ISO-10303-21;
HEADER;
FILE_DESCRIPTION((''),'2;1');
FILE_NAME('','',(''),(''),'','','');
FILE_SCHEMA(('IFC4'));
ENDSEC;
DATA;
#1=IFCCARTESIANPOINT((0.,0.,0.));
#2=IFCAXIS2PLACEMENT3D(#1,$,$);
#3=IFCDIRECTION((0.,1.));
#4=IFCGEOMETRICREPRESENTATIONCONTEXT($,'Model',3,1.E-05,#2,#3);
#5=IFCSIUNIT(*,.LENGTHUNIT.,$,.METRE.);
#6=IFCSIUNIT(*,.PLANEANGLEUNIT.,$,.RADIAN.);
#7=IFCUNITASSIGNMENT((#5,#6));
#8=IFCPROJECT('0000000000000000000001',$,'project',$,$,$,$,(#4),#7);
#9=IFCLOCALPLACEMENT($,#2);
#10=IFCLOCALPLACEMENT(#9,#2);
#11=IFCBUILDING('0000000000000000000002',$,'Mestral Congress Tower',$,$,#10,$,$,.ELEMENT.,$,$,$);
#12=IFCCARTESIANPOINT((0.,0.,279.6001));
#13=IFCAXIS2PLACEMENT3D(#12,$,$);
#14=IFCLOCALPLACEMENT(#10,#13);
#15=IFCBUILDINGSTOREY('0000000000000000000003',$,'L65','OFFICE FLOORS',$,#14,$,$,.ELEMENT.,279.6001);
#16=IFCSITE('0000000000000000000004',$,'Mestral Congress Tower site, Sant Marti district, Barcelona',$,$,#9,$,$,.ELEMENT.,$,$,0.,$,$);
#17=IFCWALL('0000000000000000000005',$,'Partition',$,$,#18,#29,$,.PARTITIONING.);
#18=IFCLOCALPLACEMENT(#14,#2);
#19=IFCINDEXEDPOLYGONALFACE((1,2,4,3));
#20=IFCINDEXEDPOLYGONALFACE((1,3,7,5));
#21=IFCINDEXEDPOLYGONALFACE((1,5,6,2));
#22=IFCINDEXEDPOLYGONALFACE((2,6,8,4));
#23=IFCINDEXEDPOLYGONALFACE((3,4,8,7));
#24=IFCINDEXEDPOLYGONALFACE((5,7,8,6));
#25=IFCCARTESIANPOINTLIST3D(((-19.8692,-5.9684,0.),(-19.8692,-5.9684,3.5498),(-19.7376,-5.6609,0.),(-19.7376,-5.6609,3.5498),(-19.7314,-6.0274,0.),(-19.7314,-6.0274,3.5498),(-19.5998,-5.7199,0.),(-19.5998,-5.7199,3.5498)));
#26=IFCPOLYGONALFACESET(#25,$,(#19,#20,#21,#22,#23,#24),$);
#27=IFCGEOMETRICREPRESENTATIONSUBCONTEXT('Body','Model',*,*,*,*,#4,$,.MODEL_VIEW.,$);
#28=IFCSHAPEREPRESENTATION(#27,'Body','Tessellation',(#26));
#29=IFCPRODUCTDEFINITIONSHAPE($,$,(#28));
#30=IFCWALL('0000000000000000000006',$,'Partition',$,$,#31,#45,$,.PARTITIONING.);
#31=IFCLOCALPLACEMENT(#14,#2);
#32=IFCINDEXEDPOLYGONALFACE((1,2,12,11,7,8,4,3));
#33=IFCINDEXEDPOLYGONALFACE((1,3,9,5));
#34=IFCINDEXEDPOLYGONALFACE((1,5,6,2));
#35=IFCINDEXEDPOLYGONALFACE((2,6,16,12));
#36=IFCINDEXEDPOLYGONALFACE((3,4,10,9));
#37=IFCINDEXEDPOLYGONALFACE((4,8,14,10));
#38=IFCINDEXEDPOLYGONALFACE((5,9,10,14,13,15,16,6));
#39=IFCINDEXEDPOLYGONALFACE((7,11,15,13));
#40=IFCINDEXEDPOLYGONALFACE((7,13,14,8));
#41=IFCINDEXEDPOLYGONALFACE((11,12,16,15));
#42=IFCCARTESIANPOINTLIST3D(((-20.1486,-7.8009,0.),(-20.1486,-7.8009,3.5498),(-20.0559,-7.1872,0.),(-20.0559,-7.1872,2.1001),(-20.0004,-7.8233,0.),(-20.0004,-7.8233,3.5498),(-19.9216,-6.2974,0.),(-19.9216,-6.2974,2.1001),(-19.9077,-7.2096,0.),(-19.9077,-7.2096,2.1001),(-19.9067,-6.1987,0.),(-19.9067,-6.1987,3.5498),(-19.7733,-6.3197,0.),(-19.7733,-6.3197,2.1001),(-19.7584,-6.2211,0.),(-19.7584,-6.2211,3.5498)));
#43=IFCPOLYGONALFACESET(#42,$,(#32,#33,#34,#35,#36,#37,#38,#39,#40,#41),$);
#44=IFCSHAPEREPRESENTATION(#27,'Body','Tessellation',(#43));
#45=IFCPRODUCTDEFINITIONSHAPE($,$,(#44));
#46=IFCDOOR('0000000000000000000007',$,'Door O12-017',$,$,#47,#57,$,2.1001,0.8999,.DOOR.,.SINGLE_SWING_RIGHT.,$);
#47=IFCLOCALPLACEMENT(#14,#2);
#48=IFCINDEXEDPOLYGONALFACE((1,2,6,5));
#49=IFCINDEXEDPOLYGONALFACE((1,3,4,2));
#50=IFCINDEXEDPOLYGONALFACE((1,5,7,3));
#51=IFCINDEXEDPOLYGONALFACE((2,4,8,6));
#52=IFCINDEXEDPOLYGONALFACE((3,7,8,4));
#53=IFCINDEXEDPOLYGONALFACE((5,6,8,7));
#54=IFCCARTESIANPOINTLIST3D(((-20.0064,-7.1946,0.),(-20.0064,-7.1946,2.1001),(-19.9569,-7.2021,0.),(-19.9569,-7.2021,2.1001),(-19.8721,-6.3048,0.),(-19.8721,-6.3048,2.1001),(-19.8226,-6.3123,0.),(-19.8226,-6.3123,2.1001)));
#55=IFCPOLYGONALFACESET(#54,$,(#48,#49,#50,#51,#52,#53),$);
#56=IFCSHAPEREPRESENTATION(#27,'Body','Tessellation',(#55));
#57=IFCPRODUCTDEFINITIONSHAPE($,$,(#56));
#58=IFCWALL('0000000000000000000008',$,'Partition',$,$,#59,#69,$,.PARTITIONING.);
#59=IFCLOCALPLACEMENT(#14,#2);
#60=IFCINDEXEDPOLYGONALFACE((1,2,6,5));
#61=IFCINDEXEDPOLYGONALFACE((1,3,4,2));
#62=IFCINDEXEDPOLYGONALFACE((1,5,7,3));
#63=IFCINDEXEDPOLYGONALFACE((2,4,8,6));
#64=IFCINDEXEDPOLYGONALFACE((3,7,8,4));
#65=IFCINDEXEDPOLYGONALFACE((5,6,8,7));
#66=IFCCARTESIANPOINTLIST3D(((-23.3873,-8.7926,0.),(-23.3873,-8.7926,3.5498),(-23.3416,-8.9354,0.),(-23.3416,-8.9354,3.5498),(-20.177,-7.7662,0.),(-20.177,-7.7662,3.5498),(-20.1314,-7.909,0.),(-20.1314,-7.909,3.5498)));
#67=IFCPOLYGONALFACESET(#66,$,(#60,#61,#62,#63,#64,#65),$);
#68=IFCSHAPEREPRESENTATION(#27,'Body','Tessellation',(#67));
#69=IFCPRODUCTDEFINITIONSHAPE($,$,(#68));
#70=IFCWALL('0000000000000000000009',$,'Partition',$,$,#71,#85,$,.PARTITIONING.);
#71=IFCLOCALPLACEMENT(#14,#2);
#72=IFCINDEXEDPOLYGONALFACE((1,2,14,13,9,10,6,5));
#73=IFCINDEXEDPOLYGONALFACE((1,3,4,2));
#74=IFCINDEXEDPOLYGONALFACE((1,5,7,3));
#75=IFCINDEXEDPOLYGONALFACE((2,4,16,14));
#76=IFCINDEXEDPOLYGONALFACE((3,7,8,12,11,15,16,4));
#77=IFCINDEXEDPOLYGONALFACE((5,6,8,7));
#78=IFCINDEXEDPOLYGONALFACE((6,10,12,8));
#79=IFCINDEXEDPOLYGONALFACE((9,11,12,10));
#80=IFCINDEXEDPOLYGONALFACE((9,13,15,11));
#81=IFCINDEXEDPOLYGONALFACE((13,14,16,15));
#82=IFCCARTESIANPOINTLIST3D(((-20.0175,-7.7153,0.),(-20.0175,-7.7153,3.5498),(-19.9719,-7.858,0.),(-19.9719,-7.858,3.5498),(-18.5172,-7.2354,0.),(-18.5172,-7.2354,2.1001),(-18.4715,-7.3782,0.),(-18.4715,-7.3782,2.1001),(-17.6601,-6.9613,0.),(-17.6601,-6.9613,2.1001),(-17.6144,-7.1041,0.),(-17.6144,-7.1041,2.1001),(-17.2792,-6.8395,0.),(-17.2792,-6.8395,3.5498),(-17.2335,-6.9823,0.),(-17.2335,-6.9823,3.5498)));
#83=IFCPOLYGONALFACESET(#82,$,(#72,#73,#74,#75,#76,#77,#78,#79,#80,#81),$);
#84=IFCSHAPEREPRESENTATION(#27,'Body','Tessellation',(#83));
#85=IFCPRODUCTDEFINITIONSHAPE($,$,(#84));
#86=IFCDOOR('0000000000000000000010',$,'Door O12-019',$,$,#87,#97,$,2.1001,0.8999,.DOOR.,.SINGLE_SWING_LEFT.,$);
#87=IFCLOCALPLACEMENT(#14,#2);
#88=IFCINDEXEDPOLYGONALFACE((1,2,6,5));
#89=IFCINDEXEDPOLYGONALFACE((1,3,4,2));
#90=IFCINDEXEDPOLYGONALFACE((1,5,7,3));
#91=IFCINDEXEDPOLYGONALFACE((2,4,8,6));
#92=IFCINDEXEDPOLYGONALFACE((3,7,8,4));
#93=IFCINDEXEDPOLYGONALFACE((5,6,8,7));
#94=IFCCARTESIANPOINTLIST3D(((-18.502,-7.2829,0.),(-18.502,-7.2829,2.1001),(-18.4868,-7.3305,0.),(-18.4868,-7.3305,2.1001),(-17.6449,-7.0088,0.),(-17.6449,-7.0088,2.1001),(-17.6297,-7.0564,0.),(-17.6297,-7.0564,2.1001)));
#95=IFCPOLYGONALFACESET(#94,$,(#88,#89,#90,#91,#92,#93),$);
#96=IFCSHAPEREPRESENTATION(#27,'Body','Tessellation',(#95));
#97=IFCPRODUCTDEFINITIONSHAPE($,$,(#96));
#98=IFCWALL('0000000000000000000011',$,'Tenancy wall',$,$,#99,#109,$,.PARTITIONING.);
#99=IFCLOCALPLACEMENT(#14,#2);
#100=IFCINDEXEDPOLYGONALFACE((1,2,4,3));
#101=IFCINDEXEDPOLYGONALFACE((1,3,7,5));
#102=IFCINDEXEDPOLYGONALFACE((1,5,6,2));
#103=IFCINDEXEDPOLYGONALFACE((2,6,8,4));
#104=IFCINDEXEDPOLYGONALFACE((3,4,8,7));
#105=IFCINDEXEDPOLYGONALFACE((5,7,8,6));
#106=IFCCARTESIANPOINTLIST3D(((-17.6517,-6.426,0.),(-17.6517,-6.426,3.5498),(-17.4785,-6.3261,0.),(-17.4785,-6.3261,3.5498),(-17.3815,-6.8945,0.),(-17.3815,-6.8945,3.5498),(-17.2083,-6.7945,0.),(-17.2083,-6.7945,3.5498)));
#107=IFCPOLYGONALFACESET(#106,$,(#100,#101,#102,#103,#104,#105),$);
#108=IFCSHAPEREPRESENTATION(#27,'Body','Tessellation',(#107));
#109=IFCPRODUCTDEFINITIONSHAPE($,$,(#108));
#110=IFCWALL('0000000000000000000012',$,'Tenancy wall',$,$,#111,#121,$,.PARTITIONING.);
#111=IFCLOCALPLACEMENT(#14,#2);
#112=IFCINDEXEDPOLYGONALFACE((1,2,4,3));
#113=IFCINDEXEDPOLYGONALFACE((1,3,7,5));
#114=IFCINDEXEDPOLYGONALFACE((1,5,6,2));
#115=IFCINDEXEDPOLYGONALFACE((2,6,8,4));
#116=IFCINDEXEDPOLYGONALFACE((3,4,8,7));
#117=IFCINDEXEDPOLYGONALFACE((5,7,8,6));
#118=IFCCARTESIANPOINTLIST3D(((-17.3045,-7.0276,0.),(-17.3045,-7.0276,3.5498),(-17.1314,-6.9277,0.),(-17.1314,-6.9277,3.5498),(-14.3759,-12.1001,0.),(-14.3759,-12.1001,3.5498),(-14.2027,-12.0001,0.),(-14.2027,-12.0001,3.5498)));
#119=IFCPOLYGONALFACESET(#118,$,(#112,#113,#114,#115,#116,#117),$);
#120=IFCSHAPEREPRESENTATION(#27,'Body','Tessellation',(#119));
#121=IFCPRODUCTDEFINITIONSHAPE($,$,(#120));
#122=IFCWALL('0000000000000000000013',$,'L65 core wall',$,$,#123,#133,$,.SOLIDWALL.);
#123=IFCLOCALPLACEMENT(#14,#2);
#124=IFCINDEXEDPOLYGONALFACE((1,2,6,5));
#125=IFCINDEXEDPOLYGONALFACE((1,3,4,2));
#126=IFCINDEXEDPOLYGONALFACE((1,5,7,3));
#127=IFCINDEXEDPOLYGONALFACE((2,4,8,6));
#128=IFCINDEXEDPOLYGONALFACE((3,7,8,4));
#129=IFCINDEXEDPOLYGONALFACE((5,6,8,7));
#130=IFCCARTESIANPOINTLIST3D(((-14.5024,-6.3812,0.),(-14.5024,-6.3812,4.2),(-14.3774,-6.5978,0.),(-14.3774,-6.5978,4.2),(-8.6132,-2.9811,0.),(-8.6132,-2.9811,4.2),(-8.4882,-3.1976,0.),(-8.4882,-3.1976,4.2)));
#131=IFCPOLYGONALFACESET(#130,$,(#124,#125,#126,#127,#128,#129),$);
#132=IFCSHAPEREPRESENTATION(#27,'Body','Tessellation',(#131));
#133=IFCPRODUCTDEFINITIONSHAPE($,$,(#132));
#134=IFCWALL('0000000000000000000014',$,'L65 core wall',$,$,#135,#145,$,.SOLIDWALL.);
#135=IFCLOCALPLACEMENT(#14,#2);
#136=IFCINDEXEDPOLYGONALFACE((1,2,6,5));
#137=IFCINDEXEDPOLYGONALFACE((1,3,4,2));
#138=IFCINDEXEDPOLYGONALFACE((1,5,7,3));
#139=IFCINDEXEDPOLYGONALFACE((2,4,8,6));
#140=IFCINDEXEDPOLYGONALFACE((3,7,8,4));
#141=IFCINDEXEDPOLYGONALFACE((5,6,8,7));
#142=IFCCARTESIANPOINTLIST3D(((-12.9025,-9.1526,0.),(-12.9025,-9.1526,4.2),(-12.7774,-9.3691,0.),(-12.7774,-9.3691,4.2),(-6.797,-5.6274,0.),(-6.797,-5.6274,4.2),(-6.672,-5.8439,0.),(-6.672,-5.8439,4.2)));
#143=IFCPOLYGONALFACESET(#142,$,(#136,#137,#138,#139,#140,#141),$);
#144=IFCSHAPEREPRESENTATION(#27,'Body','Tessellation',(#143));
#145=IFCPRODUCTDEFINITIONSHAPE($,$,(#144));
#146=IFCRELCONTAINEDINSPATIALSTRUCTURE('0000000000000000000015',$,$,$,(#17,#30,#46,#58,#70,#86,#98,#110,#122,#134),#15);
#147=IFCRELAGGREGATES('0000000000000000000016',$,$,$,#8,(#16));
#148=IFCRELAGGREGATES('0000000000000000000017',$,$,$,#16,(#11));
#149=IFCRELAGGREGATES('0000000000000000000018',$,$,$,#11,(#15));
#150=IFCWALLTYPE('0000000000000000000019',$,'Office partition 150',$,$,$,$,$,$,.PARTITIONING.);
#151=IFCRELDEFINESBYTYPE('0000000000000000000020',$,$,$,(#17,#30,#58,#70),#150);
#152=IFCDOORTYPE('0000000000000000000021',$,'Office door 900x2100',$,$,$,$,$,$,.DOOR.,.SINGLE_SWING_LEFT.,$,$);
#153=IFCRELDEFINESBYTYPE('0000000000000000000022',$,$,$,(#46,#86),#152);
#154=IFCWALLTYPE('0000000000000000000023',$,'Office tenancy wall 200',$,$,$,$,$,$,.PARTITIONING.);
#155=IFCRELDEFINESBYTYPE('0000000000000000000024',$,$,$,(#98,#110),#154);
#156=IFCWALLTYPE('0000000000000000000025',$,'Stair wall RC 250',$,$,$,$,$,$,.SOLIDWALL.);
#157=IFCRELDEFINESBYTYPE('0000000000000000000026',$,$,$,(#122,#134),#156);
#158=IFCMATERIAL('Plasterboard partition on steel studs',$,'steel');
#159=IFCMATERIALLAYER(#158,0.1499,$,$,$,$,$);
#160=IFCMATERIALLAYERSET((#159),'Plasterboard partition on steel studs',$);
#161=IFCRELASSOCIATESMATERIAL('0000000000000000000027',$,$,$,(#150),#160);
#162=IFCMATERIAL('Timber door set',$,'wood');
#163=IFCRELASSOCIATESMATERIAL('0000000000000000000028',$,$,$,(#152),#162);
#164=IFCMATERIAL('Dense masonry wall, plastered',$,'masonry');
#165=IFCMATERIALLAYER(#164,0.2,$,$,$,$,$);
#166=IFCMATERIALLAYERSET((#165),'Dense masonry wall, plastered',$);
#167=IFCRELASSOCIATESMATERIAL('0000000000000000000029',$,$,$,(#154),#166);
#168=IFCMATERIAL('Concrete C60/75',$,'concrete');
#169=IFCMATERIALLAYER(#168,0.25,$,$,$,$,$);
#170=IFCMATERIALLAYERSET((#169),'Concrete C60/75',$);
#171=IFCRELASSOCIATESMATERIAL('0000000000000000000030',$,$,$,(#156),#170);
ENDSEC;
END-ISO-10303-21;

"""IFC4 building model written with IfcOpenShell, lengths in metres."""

from ifc_helpers import new_model, si_unit, direction, frame, frame_2d, origin, place, context, subcontext, project, spatial, rectangle, extrude, material, layer, layer_set, type_object, element, fill, save


model = new_model("IFC4")

# Units and contexts
model_context = context("Model", 3, precision=1e-05, world=origin(), true_north=direction((0.0, 1.0)))
body_context = subcontext(model_context, "Body", "Model", "MODEL_VIEW")
ifc_project = project(units=[si_unit("LENGTHUNIT", "METRE"), si_unit("PLANEANGLEUNIT", "RADIAN")], contexts=[model_context])

# Site, building, storey
site_placement = place(None, origin())
site = spatial("IfcSite", under=ifc_project, at=site_placement, Name="Mestral Congress Tower site, Sant Marti district, Barcelona", CompositionType="ELEMENT", RefElevation=0.0)
building_placement = place(site_placement, origin())
building = spatial("IfcBuilding", under=site, at=building_placement, Name="Mestral Congress Tower", CompositionType="ELEMENT")
storey_placement = place(building_placement, frame((0.0, 0.0, 279.6001)))
storey = spatial("IfcBuildingStorey", under=building, at=storey_placement, Name="L65", Description="OFFICE FLOORS", CompositionType="ELEMENT", Elevation=279.6001)

# Shared definitions
ifc_material_1 = material(Name="Concrete C60/75", Category="concrete")

# Shared definitions
ifc_material_2 = material(Name="Plasterboard partition on steel studs", Category="steel")
ifc_layer_1 = layer(ifc_material_2, 0.1499)
ifc_layer_set_1 = layer_set([ifc_layer_1], Name="Plasterboard partition on steel studs")
wall_type_1 = type_object("IfcWallType", Name="Office partition 150", PredefinedType="PARTITIONING", material=ifc_layer_set_1)

# Shared definitions
ifc_material_3 = material(Name="Timber door set", Category="wood")
door_type_1 = type_object("IfcDoorType", Name="Office door 900x2100", OperationType="SINGLE_SWING_LEFT", PredefinedType="DOOR", material=ifc_material_3)

# Wall
wall_1_placement = place(storey_placement, frame((-19.6687, -5.6904, 0.0), z_axis=(0.0, 0.0, 1.0), x_axis=(-0.393567, -0.919296, 0.0)))
element("IfcWall", 1, at=wall_1_placement, inside=storey, type_object=wall_type_1, Name="Partition", PredefinedType="PARTITIONING", context=body_context, shape_type="SweptSolid", body=[
    extrude(rectangle(XDim=0.3345, YDim=0.1499, at=frame_2d((0.1672, 0.0))), origin(), (0.0, 0.0, 1.0), 3.5498),
])

# Wall, opening, door
wall_2_placement = place(storey_placement, frame((-20.0745, -7.812, 0.0), z_axis=(0.0, 0.0, 1.0), x_axis=(0.149305, 0.988791, 0.0)))
wall_2 = element("IfcWall", 2, at=wall_2_placement, inside=storey, type_object=wall_type_1, Name="Partition", PredefinedType="PARTITIONING", context=body_context, shape_type="SweptSolid", body=[
    extrude(rectangle(XDim=1.6204, YDim=0.1499, at=frame_2d((0.8101, 0.0))), origin(), (0.0, 0.0, 1.0), 3.5498),
])
opening_1_placement = place(wall_2_placement, frame((0.6206, 0.0, 0.0)))
opening_1 = element("IfcOpeningElement", 3, at=opening_1_placement, cuts=wall_2, PredefinedType="OPENING", context=body_context, shape_type="SweptSolid", body=[
    extrude(rectangle(XDim=0.8999, YDim=2.1001, at=frame_2d((0.45, 1.05))), frame((0.0, 0.085, 0.0), z_axis=(0.0, -1.0, 0.0), x_axis=(1.0, 0.0, 0.0)), (0.0, 0.0, 1.0), 0.1699),
])
door_1_placement = place(opening_1_placement, origin())
door_1 = element("IfcDoor", 4, at=door_1_placement, inside=storey, type_object=door_type_1, Name="Door O12-017", OperationType="SINGLE_SWING_RIGHT", OverallHeight=2.1001, OverallWidth=0.8999, PredefinedType="DOOR", context=body_context, shape_type="SweptSolid", body=[
    extrude(rectangle(XDim=0.8999, YDim=2.1001, at=frame_2d((0.45, 1.05))), frame((0.0, 0.0249, 0.0), z_axis=(0.0, -1.0, 0.0), x_axis=(1.0, 0.0, 0.0)), (0.0, 0.0, 1.0), 0.05),
])
fill(opening_1, door_1)

# Wall
wall_3_placement = place(storey_placement, frame((-20.1543, -7.8376, 0.0), z_axis=(0.0, 0.0, 1.0), x_axis=(-0.952501, -0.304534, 0.0)))
element("IfcWall", 5, at=wall_3_placement, inside=storey, type_object=wall_type_1, Name="Partition", PredefinedType="PARTITIONING", context=body_context, shape_type="SweptSolid", body=[
    extrude(rectangle(XDim=3.3704, YDim=0.1499, at=frame_2d((1.6851, 0.0))), origin(), (0.0, 0.0, 1.0), 3.5498),
])

# Wall, opening, door
wall_4_placement = place(storey_placement, frame((-17.2563, -6.9109, 0.0), z_axis=(0.0, 0.0, 1.0), x_axis=(-0.952476, -0.304612, 0.0)))
wall_4 = element("IfcWall", 6, at=wall_4_placement, inside=storey, type_object=wall_type_1, Name="Partition", PredefinedType="PARTITIONING", context=body_context, shape_type="SweptSolid", body=[
    extrude(rectangle(XDim=2.875, YDim=0.1499, at=frame_2d((1.4375, 0.0))), origin(), (0.0, 0.0, 1.0), 3.5498),
])
opening_2_placement = place(wall_4_placement, frame((0.3999, 0.0, 0.0)))
opening_2 = element("IfcOpeningElement", 7, at=opening_2_placement, cuts=wall_4, PredefinedType="OPENING", context=body_context, shape_type="SweptSolid", body=[
    extrude(rectangle(XDim=0.8999, YDim=2.1001, at=frame_2d((0.45, 1.05))), frame((0.0, 0.085, 0.0), z_axis=(0.0, -1.0, 0.0), x_axis=(1.0, 0.0, 0.0)), (0.0, 0.0, 1.0), 0.1699),
])
door_2_placement = place(opening_2_placement, origin())
door_2 = element("IfcDoor", 8, at=door_2_placement, inside=storey, type_object=door_type_1, Name="Door O12-019", OperationType="SINGLE_SWING_LEFT", OverallHeight=2.1001, OverallWidth=0.8999, PredefinedType="DOOR", context=body_context, shape_type="SweptSolid", body=[
    extrude(rectangle(XDim=0.8999, YDim=2.1001, at=frame_2d((0.45, 1.05))), frame((0.0, 0.0249, 0.0), z_axis=(0.0, -1.0, 0.0), x_axis=(1.0, 0.0, 0.0)), (0.0, 0.0, 1.0), 0.05),
])
fill(opening_2, door_2)

# Walls
ifc_material_4 = material(Name="Dense masonry wall, plastered", Category="masonry")
ifc_layer_2 = layer(ifc_material_4, 0.2)
ifc_layer_set_2 = layer_set([ifc_layer_2], Name="Dense masonry wall, plastered")
wall_type_2 = type_object("IfcWallType", Name="Office tenancy wall 200", PredefinedType="PARTITIONING", material=ifc_layer_set_2)
wall_5_placement = place(storey_placement, frame((-17.5652, -6.376, 0.0), z_axis=(0.0, 0.0, 1.0), x_axis=(0.499683, -0.866208, 0.0)))
element("IfcWall", 9, at=wall_5_placement, inside=storey, type_object=wall_type_2, Name="Tenancy wall", PredefinedType="PARTITIONING", context=body_context, shape_type="SweptSolid", body=[
    extrude(rectangle(XDim=0.5408, YDim=0.2, at=frame_2d((0.2705, 0.0))), origin(), (0.0, 0.0, 1.0), 3.5498),
])
wall_6_placement = place(storey_placement, frame((-17.218, -6.9775, 0.0), z_axis=(0.0, 0.0, 1.0), x_axis=(0.500012, -0.866018, 0.0)))
element("IfcWall", 10, at=wall_6_placement, inside=storey, type_object=wall_type_2, Name="Tenancy wall", PredefinedType="PARTITIONING", context=body_context, shape_type="SweptSolid", body=[
    extrude(rectangle(XDim=5.8572, YDim=0.2, at=frame_2d((2.9287, 0.0))), origin(), (0.0, 0.0, 1.0), 3.5498),
])
ifc_layer_3 = layer(ifc_material_1, 0.25)
ifc_layer_set_3 = layer_set([ifc_layer_3], Name="Concrete C60/75")
wall_type_3 = type_object("IfcWallType", Name="Stair wall RC 250", PredefinedType="SOLIDWALL", material=ifc_layer_set_3)
wall_7_placement = place(storey_placement, frame((-14.4399, -6.4895, 0.0), z_axis=(0.0, 0.0, 1.0), x_axis=(0.866023, 0.500004, 0.0)))
element("IfcWall", 11, at=wall_7_placement, inside=storey, type_object=wall_type_3, Name="L65 core wall", PredefinedType="SOLIDWALL", context=body_context, shape_type="SweptSolid", body=[
    extrude(rectangle(XDim=6.8003, YDim=0.25, at=frame_2d((3.4001, 0.0))), origin(), (0.0, 0.0, 1.0), 4.2),
])
wall_8_placement = place(storey_placement, frame((-12.8398, -9.2607, 0.0), z_axis=(0.0, 0.0, 1.0), x_axis=(0.866016, 0.500016, 0.0)))
element("IfcWall", 12, at=wall_8_placement, inside=storey, type_object=wall_type_3, Name="L65 core wall", PredefinedType="SOLIDWALL", context=body_context, shape_type="SweptSolid", body=[
    extrude(rectangle(XDim=7.05, YDim=0.25, at=frame_2d((3.5249, 0.0))), origin(), (0.0, 0.0, 1.0), 4.2),
])

save(model, "model.ifc")
